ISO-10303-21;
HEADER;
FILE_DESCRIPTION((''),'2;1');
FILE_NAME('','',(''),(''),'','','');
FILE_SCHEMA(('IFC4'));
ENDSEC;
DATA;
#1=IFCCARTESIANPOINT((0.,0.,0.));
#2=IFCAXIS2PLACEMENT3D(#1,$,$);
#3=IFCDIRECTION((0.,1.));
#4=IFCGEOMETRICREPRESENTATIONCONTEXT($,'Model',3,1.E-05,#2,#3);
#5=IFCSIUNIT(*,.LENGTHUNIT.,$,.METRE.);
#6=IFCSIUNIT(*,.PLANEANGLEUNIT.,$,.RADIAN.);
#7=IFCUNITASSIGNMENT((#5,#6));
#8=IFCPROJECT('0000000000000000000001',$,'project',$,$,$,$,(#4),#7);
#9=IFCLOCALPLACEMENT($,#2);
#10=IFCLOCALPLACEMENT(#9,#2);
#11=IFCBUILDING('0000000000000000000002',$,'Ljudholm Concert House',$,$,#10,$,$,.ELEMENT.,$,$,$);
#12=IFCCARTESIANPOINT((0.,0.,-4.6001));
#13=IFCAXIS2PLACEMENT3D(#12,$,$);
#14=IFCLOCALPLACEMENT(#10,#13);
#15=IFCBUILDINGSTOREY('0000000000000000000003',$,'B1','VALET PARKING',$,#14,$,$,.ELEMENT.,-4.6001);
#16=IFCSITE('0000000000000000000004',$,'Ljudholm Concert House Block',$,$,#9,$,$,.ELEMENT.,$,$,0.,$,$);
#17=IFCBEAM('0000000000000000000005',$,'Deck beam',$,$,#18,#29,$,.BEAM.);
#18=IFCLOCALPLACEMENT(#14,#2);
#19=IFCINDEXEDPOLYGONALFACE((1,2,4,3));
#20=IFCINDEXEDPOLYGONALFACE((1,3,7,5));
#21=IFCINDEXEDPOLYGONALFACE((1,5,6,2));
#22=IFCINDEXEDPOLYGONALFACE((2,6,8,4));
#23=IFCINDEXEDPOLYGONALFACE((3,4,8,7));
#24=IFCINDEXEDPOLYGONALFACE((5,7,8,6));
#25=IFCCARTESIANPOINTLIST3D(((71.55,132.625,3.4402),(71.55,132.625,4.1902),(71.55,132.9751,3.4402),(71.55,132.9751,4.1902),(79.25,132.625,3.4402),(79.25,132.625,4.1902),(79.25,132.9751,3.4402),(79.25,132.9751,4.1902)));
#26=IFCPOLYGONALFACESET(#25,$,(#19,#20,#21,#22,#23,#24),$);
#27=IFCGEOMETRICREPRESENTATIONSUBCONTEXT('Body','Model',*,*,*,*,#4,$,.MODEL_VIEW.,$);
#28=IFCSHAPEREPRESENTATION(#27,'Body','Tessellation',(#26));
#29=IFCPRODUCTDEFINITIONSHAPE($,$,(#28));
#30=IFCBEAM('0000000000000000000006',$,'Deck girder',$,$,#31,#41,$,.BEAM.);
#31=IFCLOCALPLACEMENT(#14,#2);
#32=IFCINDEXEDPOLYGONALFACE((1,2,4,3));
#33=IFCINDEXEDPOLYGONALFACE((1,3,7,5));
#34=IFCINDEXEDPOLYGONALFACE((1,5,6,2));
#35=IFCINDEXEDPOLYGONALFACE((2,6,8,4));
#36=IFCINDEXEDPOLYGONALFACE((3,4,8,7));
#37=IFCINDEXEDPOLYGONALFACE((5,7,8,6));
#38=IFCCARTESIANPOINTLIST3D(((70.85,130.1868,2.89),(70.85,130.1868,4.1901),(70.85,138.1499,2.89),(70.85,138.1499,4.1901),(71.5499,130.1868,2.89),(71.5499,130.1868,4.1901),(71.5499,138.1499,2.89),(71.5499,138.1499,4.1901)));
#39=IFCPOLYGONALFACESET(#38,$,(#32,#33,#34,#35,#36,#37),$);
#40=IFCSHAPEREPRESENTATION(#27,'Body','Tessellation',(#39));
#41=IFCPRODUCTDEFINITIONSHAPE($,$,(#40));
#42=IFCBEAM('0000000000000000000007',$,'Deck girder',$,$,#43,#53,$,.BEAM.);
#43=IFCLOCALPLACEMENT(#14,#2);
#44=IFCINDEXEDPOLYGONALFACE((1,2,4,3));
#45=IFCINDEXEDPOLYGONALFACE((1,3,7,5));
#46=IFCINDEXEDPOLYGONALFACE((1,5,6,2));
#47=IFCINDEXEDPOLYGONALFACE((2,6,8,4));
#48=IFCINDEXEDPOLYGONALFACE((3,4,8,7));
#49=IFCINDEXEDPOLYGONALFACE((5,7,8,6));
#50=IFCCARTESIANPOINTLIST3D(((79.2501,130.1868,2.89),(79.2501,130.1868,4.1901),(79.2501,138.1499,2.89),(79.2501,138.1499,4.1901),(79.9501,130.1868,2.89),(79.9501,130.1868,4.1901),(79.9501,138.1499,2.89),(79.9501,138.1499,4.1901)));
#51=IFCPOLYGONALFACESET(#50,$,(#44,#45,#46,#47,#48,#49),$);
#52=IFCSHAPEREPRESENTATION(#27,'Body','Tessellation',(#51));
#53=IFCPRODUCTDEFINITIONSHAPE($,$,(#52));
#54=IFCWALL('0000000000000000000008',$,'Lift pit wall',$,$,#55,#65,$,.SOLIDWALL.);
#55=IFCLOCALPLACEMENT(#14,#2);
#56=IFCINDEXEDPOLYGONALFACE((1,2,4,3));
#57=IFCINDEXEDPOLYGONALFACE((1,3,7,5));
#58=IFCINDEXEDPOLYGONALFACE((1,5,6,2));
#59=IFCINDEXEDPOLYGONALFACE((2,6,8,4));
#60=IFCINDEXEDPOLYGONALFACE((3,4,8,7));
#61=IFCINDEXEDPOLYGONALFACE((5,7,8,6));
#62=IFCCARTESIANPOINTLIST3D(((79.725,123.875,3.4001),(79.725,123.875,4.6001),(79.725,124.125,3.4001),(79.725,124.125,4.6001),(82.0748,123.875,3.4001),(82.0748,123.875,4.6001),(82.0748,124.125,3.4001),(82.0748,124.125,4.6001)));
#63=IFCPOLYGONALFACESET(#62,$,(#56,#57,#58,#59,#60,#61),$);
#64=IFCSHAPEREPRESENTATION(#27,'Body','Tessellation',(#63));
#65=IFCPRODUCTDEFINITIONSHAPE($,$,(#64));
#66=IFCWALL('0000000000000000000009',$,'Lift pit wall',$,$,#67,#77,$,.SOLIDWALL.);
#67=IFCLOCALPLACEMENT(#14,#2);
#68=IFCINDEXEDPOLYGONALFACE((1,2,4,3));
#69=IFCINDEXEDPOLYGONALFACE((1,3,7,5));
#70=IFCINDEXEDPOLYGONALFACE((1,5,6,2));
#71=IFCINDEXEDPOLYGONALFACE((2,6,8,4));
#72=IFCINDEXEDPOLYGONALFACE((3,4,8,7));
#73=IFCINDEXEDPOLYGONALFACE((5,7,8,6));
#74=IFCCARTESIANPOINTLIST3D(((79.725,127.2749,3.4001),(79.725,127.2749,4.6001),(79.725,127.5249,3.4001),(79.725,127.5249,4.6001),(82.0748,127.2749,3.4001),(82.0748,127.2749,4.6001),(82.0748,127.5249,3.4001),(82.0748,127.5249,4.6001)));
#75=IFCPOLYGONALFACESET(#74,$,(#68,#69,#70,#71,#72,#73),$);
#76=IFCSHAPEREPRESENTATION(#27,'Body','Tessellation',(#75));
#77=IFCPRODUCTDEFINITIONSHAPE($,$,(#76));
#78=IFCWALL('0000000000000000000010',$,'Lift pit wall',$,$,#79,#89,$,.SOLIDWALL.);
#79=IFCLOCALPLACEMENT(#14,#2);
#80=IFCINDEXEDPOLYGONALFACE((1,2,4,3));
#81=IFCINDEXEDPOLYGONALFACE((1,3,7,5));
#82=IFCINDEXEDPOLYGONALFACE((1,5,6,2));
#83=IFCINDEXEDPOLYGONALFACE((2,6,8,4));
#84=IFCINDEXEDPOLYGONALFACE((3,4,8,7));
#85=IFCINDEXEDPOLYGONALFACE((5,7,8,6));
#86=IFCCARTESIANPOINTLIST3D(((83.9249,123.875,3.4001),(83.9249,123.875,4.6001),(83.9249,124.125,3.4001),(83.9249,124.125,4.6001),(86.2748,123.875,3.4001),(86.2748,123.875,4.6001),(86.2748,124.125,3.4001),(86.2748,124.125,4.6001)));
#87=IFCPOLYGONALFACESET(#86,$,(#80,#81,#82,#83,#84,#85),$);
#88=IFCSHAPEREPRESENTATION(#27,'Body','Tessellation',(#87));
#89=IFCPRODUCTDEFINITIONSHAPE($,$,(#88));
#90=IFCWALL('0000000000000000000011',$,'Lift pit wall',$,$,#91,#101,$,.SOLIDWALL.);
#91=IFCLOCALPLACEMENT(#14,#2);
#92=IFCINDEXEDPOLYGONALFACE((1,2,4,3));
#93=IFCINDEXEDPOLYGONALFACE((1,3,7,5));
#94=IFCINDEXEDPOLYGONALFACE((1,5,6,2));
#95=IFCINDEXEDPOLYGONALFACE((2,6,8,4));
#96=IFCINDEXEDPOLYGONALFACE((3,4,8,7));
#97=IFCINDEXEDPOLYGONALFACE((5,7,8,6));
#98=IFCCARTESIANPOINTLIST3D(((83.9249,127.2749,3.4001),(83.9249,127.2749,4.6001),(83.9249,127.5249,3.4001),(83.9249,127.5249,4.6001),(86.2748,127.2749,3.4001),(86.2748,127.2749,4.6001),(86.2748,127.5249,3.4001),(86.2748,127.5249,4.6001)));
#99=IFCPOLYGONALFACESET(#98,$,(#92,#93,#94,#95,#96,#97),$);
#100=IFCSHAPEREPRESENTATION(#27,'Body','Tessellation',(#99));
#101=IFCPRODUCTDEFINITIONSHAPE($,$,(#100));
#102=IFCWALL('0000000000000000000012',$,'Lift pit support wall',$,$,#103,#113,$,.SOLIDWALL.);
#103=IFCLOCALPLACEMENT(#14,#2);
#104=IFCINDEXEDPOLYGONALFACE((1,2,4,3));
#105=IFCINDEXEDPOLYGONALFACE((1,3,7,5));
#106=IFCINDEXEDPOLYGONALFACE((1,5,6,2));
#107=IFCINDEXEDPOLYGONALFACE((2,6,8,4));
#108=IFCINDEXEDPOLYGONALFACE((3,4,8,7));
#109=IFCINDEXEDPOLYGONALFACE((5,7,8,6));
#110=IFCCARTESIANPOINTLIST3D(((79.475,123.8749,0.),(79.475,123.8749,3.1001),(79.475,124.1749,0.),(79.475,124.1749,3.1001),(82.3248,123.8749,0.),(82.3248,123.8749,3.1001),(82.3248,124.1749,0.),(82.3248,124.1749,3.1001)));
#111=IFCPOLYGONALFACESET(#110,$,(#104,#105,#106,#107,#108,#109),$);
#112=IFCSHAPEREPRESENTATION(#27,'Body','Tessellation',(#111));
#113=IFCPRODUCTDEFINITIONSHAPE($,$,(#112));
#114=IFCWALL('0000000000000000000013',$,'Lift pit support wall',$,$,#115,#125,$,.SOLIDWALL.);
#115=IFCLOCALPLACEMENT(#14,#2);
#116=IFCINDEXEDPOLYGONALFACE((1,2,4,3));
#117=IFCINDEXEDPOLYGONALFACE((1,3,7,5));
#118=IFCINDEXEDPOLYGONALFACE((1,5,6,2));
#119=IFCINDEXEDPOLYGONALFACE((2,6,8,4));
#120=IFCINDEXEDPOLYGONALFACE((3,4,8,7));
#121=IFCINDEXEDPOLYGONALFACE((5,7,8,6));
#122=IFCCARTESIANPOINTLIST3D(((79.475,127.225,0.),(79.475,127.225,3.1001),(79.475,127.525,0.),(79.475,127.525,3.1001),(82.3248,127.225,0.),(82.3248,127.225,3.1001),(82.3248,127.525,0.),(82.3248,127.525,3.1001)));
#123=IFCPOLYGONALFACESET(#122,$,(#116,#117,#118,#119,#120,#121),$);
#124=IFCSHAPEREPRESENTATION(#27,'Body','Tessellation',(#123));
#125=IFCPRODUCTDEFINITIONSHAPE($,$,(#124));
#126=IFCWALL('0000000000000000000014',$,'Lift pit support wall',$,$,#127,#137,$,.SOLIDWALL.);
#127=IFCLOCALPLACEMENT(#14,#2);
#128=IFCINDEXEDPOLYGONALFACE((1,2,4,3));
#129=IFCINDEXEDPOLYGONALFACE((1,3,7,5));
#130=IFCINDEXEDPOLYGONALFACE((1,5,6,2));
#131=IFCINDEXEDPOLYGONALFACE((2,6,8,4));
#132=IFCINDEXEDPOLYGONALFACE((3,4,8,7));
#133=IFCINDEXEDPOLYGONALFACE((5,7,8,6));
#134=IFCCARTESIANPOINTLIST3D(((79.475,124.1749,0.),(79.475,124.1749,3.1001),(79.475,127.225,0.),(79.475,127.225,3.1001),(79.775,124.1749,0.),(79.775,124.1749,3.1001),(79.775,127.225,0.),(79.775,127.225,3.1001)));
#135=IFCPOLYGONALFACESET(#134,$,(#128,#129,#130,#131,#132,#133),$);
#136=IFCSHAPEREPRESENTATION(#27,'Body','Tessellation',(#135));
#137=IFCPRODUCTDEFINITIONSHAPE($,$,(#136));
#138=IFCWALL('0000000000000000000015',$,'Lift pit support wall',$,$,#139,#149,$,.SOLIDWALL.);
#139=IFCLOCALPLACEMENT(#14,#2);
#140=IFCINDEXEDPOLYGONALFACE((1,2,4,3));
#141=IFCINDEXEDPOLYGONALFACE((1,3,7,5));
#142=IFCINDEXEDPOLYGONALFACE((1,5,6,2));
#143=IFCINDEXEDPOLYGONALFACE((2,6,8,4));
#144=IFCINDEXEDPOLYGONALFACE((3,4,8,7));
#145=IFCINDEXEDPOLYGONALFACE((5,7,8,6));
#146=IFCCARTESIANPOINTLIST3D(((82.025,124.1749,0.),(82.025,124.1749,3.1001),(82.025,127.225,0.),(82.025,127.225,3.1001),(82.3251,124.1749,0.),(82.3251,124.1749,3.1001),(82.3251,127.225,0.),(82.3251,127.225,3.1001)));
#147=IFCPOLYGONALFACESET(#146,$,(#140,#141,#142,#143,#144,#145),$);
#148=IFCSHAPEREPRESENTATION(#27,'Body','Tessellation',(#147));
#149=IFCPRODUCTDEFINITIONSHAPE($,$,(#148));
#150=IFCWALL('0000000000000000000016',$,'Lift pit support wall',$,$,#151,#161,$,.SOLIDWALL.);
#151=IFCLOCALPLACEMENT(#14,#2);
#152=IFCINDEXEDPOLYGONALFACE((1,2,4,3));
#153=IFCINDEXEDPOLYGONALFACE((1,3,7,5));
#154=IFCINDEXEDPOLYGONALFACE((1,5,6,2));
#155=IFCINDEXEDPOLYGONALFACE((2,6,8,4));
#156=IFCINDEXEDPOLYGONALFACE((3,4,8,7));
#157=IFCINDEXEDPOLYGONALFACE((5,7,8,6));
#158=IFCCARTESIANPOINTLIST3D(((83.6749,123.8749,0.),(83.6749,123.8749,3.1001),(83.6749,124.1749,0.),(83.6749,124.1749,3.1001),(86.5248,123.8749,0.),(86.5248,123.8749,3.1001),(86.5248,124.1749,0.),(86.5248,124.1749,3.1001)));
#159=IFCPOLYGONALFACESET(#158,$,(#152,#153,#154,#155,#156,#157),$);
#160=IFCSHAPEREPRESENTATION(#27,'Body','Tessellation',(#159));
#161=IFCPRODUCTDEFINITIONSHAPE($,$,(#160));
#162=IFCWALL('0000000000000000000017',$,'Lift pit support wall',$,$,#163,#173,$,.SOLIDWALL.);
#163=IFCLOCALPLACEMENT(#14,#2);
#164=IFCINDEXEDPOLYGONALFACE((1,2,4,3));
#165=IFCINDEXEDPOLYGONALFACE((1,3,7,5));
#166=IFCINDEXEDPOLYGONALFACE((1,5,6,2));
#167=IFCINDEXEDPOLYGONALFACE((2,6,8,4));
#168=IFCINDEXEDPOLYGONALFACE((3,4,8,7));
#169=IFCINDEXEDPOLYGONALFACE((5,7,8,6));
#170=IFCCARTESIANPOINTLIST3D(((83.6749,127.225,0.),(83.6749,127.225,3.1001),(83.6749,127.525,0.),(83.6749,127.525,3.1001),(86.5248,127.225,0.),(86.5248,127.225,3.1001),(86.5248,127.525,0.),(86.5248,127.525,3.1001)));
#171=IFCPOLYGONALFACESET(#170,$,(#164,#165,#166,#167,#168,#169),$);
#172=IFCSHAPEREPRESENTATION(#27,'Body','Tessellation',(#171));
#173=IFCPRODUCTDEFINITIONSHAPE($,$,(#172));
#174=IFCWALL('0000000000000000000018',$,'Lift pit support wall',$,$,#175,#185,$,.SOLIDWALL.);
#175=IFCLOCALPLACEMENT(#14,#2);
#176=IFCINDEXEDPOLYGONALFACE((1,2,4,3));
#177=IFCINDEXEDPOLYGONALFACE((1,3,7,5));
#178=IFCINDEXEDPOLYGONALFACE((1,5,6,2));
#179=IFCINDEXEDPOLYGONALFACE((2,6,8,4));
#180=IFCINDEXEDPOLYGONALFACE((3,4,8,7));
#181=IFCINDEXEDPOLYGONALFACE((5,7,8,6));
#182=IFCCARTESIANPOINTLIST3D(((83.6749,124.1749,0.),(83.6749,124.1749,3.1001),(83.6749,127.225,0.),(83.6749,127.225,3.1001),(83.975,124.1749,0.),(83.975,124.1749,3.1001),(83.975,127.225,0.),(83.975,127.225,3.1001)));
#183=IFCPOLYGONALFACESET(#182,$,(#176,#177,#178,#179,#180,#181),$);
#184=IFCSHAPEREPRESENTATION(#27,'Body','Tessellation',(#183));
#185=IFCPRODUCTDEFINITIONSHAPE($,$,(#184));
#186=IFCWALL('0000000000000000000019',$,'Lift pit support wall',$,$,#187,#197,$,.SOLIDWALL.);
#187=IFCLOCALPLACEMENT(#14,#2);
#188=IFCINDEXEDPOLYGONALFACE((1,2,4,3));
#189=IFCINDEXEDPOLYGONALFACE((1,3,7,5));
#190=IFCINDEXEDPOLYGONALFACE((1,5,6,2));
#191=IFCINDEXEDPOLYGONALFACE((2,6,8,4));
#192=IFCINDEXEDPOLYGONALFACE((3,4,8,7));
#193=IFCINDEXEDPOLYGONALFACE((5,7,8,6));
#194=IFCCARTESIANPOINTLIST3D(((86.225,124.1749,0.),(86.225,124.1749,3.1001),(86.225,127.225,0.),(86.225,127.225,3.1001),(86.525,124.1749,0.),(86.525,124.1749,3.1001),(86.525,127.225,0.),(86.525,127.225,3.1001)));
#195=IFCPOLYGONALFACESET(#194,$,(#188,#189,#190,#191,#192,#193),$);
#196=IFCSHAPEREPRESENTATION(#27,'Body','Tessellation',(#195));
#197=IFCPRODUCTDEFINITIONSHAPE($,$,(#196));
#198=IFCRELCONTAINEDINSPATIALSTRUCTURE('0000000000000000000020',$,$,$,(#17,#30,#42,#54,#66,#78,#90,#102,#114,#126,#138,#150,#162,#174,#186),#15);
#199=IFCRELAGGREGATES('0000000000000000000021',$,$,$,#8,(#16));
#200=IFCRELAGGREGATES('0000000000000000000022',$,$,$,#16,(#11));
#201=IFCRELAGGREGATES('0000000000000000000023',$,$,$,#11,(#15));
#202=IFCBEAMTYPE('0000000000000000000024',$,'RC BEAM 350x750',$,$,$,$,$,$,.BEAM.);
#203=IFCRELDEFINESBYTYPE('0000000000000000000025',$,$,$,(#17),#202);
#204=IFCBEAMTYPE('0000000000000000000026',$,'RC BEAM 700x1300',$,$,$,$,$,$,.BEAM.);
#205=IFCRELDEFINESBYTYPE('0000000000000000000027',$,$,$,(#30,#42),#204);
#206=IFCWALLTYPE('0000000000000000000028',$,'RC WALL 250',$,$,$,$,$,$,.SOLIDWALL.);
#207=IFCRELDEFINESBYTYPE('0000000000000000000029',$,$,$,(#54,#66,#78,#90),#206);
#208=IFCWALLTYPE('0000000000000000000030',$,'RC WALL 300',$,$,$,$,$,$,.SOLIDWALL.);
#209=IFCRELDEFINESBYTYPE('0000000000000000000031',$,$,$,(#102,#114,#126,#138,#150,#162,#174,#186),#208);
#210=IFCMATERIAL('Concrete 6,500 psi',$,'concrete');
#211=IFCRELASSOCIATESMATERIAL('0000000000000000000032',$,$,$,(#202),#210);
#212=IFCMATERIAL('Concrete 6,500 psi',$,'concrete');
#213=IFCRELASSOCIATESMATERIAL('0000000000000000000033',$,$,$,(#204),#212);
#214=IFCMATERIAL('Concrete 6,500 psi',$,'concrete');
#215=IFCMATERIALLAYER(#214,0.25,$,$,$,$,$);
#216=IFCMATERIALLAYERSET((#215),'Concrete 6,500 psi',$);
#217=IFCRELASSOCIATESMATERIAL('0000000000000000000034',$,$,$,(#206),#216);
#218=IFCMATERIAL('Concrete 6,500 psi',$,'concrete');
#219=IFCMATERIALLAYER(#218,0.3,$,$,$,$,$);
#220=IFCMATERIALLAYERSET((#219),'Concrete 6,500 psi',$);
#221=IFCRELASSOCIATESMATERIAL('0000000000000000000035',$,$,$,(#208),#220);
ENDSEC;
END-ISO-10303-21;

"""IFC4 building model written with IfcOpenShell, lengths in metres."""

from ifc_helpers import new_model, si_unit, direction, frame, frame_2d, origin, origin_2d, place, context, subcontext, project, spatial, rectangle, extrude, material, layer, layer_set, material_profile, profile_set, type_object, element, save


model = new_model("IFC4")

# Units and contexts
model_context = context("Model", 3, precision=1e-05, world=origin(), true_north=direction((0.0, 1.0)))
body_context = subcontext(model_context, "Body", "Model", "MODEL_VIEW")
ifc_project = project(units=[si_unit("LENGTHUNIT", "METRE"), si_unit("PLANEANGLEUNIT", "RADIAN")], contexts=[model_context])

# Site, building, storey
site_placement = place(None, origin())
site = spatial("IfcSite", under=ifc_project, at=site_placement, Name="Ljudholm Concert House Block", CompositionType="ELEMENT", RefElevation=0.0)
building_placement = place(site_placement, origin())
building = spatial("IfcBuilding", under=site, at=building_placement, Name="Ljudholm Concert House", CompositionType="ELEMENT")
storey_placement = place(building_placement, frame((0.0, 0.0, -4.6001)))
storey = spatial("IfcBuildingStorey", under=building, at=storey_placement, Name="B1", Description="VALET PARKING", CompositionType="ELEMENT", Elevation=-4.6001)

# Beams
ifc_material_1 = material(Name="Concrete 6,500 psi", Category="concrete")
ifc_material_profile_1 = material_profile(ifc_material_1, rectangle(XDim=0.3501, YDim=0.75, at=origin_2d()), Name="RC BEAM 350x750")
ifc_profile_set_1 = profile_set([ifc_material_profile_1], Name="Concrete 6,500 psi")
beam_type_1 = type_object("IfcBeamType", Name="RC BEAM 350x750", PredefinedType="BEAM", material=ifc_profile_set_1)
beam_placement = place(storey_placement, frame((71.55, 132.8, 3.8152), z_axis=(1.0, 0.0, 0.0), x_axis=(0.0, 1.0, 0.0)))
element("IfcBeam", 1, at=beam_placement, inside=storey, type_object=beam_type_1, Name="Deck beam", PredefinedType="BEAM", context=body_context, shape_type="SweptSolid", body=[
    extrude(rectangle(XDim=0.3501, YDim=0.75, at=origin_2d()), origin(), (0.0, 0.0, 1.0), 7.7),
])
ifc_material_2 = material(Name="Concrete 6,500 psi", Category="concrete")
ifc_material_profile_2 = material_profile(ifc_material_2, rectangle(XDim=0.7, YDim=1.3, at=origin_2d()), Name="RC BEAM 700x1300")
ifc_profile_set_2 = profile_set([ifc_material_profile_2], Name="Concrete 6,500 psi")
beam_type_2 = type_object("IfcBeamType", Name="RC BEAM 700x1300", PredefinedType="BEAM", material=ifc_profile_set_2)
for number, where, z_axis, x_axis, name in (
    (2, (71.2, 130.1868, 3.54), (0.0, 1.0, 0.0), (-1.0, 0.0, 0.0), "Deck girder"),
    (3, (79.6001, 130.1868, 3.54), (0.0, 1.0, 0.0), (-1.0, 0.0, 0.0), "Deck girder"),
):
    element("IfcBeam", number, at=place(storey_placement, frame(where, z_axis=z_axis, x_axis=x_axis)), inside=storey, type_object=beam_type_2, Name=name, PredefinedType="BEAM", context=body_context, shape_type="SweptSolid", body=[
        extrude(rectangle(XDim=0.7, YDim=1.3, at=origin_2d()), origin(), (0.0, 0.0, 1.0), 7.9631),
    ])

# Walls
ifc_material_3 = material(Name="Concrete 6,500 psi", Category="concrete")
ifc_layer_1 = layer(ifc_material_3, 0.25)
ifc_layer_set_1 = layer_set([ifc_layer_1], Name="Concrete 6,500 psi")
wall_type_1 = type_object("IfcWallType", Name="RC WALL 250", PredefinedType="SOLIDWALL", material=ifc_layer_set_1)
for number, where, z_axis, x_axis, name in (
    (4, (79.7251, 124.0, 3.4001), (0.0, 0.0, 1.0), (1.0, 0.0, 0.0), "Lift pit wall"),
    (5, (79.7251, 127.3999, 3.4001), (0.0, 0.0, 1.0), (1.0, 0.0, 0.0), "Lift pit wall"),
    (6, (83.925, 124.0, 3.4001), (0.0, 0.0, 1.0), (1.0, 0.0, 0.0), "Lift pit wall"),
    (7, (83.925, 127.3999, 3.4001), (0.0, 0.0, 1.0), (1.0, 0.0, 0.0), "Lift pit wall"),
):
    element("IfcWall", number, at=place(storey_placement, frame(where, z_axis=z_axis, x_axis=x_axis)), inside=storey, type_object=wall_type_1, Name=name, PredefinedType="SOLIDWALL", context=body_context, shape_type="SweptSolid", body=[
        extrude(rectangle(XDim=2.3499, YDim=0.25, at=frame_2d((1.1748, 0.0))), origin(), (0.0, 0.0, 1.0), 1.2),
    ])
ifc_material_4 = material(Name="Concrete 6,500 psi", Category="concrete")
ifc_layer_2 = layer(ifc_material_4, 0.3)
ifc_layer_set_2 = layer_set([ifc_layer_2], Name="Concrete 6,500 psi")
wall_type_2 = type_object("IfcWallType", Name="RC WALL 300", PredefinedType="SOLIDWALL", material=ifc_layer_set_2)
for number, where, z_axis, x_axis, name in (
    (8, (79.4751, 124.0249, 0.0), (0.0, 0.0, 1.0), (1.0, 0.0, 0.0), "Lift pit support wall"),
    (9, (79.4751, 127.375, 0.0), (0.0, 0.0, 1.0), (1.0, 0.0, 0.0), "Lift pit support wall"),
):
    element("IfcWall", number, at=place(storey_placement, frame(where, z_axis=z_axis, x_axis=x_axis)), inside=storey, type_object=wall_type_2, Name=name, PredefinedType="SOLIDWALL", context=body_context, shape_type="SweptSolid", body=[
        extrude(rectangle(XDim=2.8499, YDim=0.3, at=frame_2d((1.4248, 0.0))), origin(), (0.0, 0.0, 1.0), 3.1001),
    ])
for number, where, z_axis, x_axis, name in (
    (10, (79.625, 124.175, 0.0), (0.0, 0.0, 1.0), (0.0, 1.0, 0.0), "Lift pit support wall"),
    (11, (82.175, 124.175, 0.0), (0.0, 0.0, 1.0), (0.0, 1.0, 0.0), "Lift pit support wall"),
):
    element("IfcWall", number, at=place(storey_placement, frame(where, z_axis=z_axis, x_axis=x_axis)), inside=storey, type_object=wall_type_2, Name=name, PredefinedType="SOLIDWALL", context=body_context, shape_type="SweptSolid", body=[
        extrude(rectangle(XDim=3.05, YDim=0.3, at=frame_2d((1.5249, 0.0))), origin(), (0.0, 0.0, 1.0), 3.1001),
    ])
for number, where, z_axis, x_axis, name in (
    (12, (83.675, 124.0249, 0.0), (0.0, 0.0, 1.0), (1.0, 0.0, 0.0), "Lift pit support wall"),
    (13, (83.675, 127.375, 0.0), (0.0, 0.0, 1.0), (1.0, 0.0, 0.0), "Lift pit support wall"),
):
    element("IfcWall", number, at=place(storey_placement, frame(where, z_axis=z_axis, x_axis=x_axis)), inside=storey, type_object=wall_type_2, Name=name, PredefinedType="SOLIDWALL", context=body_context, shape_type="SweptSolid", body=[
        extrude(rectangle(XDim=2.8499, YDim=0.3, at=frame_2d((1.4248, 0.0))), origin(), (0.0, 0.0, 1.0), 3.1001),
    ])
for number, where, z_axis, x_axis, name in (
    (14, (83.825, 124.175, 0.0), (0.0, 0.0, 1.0), (0.0, 1.0, 0.0), "Lift pit support wall"),
    (15, (86.375, 124.175, 0.0), (0.0, 0.0, 1.0), (0.0, 1.0, 0.0), "Lift pit support wall"),
):
    element("IfcWall", number, at=place(storey_placement, frame(where, z_axis=z_axis, x_axis=x_axis)), inside=storey, type_object=wall_type_2, Name=name, PredefinedType="SOLIDWALL", context=body_context, shape_type="SweptSolid", body=[
        extrude(rectangle(XDim=3.05, YDim=0.3, at=frame_2d((1.5249, 0.0))), origin(), (0.0, 0.0, 1.0), 3.1001),
    ])

save(model, "model.ifc")
